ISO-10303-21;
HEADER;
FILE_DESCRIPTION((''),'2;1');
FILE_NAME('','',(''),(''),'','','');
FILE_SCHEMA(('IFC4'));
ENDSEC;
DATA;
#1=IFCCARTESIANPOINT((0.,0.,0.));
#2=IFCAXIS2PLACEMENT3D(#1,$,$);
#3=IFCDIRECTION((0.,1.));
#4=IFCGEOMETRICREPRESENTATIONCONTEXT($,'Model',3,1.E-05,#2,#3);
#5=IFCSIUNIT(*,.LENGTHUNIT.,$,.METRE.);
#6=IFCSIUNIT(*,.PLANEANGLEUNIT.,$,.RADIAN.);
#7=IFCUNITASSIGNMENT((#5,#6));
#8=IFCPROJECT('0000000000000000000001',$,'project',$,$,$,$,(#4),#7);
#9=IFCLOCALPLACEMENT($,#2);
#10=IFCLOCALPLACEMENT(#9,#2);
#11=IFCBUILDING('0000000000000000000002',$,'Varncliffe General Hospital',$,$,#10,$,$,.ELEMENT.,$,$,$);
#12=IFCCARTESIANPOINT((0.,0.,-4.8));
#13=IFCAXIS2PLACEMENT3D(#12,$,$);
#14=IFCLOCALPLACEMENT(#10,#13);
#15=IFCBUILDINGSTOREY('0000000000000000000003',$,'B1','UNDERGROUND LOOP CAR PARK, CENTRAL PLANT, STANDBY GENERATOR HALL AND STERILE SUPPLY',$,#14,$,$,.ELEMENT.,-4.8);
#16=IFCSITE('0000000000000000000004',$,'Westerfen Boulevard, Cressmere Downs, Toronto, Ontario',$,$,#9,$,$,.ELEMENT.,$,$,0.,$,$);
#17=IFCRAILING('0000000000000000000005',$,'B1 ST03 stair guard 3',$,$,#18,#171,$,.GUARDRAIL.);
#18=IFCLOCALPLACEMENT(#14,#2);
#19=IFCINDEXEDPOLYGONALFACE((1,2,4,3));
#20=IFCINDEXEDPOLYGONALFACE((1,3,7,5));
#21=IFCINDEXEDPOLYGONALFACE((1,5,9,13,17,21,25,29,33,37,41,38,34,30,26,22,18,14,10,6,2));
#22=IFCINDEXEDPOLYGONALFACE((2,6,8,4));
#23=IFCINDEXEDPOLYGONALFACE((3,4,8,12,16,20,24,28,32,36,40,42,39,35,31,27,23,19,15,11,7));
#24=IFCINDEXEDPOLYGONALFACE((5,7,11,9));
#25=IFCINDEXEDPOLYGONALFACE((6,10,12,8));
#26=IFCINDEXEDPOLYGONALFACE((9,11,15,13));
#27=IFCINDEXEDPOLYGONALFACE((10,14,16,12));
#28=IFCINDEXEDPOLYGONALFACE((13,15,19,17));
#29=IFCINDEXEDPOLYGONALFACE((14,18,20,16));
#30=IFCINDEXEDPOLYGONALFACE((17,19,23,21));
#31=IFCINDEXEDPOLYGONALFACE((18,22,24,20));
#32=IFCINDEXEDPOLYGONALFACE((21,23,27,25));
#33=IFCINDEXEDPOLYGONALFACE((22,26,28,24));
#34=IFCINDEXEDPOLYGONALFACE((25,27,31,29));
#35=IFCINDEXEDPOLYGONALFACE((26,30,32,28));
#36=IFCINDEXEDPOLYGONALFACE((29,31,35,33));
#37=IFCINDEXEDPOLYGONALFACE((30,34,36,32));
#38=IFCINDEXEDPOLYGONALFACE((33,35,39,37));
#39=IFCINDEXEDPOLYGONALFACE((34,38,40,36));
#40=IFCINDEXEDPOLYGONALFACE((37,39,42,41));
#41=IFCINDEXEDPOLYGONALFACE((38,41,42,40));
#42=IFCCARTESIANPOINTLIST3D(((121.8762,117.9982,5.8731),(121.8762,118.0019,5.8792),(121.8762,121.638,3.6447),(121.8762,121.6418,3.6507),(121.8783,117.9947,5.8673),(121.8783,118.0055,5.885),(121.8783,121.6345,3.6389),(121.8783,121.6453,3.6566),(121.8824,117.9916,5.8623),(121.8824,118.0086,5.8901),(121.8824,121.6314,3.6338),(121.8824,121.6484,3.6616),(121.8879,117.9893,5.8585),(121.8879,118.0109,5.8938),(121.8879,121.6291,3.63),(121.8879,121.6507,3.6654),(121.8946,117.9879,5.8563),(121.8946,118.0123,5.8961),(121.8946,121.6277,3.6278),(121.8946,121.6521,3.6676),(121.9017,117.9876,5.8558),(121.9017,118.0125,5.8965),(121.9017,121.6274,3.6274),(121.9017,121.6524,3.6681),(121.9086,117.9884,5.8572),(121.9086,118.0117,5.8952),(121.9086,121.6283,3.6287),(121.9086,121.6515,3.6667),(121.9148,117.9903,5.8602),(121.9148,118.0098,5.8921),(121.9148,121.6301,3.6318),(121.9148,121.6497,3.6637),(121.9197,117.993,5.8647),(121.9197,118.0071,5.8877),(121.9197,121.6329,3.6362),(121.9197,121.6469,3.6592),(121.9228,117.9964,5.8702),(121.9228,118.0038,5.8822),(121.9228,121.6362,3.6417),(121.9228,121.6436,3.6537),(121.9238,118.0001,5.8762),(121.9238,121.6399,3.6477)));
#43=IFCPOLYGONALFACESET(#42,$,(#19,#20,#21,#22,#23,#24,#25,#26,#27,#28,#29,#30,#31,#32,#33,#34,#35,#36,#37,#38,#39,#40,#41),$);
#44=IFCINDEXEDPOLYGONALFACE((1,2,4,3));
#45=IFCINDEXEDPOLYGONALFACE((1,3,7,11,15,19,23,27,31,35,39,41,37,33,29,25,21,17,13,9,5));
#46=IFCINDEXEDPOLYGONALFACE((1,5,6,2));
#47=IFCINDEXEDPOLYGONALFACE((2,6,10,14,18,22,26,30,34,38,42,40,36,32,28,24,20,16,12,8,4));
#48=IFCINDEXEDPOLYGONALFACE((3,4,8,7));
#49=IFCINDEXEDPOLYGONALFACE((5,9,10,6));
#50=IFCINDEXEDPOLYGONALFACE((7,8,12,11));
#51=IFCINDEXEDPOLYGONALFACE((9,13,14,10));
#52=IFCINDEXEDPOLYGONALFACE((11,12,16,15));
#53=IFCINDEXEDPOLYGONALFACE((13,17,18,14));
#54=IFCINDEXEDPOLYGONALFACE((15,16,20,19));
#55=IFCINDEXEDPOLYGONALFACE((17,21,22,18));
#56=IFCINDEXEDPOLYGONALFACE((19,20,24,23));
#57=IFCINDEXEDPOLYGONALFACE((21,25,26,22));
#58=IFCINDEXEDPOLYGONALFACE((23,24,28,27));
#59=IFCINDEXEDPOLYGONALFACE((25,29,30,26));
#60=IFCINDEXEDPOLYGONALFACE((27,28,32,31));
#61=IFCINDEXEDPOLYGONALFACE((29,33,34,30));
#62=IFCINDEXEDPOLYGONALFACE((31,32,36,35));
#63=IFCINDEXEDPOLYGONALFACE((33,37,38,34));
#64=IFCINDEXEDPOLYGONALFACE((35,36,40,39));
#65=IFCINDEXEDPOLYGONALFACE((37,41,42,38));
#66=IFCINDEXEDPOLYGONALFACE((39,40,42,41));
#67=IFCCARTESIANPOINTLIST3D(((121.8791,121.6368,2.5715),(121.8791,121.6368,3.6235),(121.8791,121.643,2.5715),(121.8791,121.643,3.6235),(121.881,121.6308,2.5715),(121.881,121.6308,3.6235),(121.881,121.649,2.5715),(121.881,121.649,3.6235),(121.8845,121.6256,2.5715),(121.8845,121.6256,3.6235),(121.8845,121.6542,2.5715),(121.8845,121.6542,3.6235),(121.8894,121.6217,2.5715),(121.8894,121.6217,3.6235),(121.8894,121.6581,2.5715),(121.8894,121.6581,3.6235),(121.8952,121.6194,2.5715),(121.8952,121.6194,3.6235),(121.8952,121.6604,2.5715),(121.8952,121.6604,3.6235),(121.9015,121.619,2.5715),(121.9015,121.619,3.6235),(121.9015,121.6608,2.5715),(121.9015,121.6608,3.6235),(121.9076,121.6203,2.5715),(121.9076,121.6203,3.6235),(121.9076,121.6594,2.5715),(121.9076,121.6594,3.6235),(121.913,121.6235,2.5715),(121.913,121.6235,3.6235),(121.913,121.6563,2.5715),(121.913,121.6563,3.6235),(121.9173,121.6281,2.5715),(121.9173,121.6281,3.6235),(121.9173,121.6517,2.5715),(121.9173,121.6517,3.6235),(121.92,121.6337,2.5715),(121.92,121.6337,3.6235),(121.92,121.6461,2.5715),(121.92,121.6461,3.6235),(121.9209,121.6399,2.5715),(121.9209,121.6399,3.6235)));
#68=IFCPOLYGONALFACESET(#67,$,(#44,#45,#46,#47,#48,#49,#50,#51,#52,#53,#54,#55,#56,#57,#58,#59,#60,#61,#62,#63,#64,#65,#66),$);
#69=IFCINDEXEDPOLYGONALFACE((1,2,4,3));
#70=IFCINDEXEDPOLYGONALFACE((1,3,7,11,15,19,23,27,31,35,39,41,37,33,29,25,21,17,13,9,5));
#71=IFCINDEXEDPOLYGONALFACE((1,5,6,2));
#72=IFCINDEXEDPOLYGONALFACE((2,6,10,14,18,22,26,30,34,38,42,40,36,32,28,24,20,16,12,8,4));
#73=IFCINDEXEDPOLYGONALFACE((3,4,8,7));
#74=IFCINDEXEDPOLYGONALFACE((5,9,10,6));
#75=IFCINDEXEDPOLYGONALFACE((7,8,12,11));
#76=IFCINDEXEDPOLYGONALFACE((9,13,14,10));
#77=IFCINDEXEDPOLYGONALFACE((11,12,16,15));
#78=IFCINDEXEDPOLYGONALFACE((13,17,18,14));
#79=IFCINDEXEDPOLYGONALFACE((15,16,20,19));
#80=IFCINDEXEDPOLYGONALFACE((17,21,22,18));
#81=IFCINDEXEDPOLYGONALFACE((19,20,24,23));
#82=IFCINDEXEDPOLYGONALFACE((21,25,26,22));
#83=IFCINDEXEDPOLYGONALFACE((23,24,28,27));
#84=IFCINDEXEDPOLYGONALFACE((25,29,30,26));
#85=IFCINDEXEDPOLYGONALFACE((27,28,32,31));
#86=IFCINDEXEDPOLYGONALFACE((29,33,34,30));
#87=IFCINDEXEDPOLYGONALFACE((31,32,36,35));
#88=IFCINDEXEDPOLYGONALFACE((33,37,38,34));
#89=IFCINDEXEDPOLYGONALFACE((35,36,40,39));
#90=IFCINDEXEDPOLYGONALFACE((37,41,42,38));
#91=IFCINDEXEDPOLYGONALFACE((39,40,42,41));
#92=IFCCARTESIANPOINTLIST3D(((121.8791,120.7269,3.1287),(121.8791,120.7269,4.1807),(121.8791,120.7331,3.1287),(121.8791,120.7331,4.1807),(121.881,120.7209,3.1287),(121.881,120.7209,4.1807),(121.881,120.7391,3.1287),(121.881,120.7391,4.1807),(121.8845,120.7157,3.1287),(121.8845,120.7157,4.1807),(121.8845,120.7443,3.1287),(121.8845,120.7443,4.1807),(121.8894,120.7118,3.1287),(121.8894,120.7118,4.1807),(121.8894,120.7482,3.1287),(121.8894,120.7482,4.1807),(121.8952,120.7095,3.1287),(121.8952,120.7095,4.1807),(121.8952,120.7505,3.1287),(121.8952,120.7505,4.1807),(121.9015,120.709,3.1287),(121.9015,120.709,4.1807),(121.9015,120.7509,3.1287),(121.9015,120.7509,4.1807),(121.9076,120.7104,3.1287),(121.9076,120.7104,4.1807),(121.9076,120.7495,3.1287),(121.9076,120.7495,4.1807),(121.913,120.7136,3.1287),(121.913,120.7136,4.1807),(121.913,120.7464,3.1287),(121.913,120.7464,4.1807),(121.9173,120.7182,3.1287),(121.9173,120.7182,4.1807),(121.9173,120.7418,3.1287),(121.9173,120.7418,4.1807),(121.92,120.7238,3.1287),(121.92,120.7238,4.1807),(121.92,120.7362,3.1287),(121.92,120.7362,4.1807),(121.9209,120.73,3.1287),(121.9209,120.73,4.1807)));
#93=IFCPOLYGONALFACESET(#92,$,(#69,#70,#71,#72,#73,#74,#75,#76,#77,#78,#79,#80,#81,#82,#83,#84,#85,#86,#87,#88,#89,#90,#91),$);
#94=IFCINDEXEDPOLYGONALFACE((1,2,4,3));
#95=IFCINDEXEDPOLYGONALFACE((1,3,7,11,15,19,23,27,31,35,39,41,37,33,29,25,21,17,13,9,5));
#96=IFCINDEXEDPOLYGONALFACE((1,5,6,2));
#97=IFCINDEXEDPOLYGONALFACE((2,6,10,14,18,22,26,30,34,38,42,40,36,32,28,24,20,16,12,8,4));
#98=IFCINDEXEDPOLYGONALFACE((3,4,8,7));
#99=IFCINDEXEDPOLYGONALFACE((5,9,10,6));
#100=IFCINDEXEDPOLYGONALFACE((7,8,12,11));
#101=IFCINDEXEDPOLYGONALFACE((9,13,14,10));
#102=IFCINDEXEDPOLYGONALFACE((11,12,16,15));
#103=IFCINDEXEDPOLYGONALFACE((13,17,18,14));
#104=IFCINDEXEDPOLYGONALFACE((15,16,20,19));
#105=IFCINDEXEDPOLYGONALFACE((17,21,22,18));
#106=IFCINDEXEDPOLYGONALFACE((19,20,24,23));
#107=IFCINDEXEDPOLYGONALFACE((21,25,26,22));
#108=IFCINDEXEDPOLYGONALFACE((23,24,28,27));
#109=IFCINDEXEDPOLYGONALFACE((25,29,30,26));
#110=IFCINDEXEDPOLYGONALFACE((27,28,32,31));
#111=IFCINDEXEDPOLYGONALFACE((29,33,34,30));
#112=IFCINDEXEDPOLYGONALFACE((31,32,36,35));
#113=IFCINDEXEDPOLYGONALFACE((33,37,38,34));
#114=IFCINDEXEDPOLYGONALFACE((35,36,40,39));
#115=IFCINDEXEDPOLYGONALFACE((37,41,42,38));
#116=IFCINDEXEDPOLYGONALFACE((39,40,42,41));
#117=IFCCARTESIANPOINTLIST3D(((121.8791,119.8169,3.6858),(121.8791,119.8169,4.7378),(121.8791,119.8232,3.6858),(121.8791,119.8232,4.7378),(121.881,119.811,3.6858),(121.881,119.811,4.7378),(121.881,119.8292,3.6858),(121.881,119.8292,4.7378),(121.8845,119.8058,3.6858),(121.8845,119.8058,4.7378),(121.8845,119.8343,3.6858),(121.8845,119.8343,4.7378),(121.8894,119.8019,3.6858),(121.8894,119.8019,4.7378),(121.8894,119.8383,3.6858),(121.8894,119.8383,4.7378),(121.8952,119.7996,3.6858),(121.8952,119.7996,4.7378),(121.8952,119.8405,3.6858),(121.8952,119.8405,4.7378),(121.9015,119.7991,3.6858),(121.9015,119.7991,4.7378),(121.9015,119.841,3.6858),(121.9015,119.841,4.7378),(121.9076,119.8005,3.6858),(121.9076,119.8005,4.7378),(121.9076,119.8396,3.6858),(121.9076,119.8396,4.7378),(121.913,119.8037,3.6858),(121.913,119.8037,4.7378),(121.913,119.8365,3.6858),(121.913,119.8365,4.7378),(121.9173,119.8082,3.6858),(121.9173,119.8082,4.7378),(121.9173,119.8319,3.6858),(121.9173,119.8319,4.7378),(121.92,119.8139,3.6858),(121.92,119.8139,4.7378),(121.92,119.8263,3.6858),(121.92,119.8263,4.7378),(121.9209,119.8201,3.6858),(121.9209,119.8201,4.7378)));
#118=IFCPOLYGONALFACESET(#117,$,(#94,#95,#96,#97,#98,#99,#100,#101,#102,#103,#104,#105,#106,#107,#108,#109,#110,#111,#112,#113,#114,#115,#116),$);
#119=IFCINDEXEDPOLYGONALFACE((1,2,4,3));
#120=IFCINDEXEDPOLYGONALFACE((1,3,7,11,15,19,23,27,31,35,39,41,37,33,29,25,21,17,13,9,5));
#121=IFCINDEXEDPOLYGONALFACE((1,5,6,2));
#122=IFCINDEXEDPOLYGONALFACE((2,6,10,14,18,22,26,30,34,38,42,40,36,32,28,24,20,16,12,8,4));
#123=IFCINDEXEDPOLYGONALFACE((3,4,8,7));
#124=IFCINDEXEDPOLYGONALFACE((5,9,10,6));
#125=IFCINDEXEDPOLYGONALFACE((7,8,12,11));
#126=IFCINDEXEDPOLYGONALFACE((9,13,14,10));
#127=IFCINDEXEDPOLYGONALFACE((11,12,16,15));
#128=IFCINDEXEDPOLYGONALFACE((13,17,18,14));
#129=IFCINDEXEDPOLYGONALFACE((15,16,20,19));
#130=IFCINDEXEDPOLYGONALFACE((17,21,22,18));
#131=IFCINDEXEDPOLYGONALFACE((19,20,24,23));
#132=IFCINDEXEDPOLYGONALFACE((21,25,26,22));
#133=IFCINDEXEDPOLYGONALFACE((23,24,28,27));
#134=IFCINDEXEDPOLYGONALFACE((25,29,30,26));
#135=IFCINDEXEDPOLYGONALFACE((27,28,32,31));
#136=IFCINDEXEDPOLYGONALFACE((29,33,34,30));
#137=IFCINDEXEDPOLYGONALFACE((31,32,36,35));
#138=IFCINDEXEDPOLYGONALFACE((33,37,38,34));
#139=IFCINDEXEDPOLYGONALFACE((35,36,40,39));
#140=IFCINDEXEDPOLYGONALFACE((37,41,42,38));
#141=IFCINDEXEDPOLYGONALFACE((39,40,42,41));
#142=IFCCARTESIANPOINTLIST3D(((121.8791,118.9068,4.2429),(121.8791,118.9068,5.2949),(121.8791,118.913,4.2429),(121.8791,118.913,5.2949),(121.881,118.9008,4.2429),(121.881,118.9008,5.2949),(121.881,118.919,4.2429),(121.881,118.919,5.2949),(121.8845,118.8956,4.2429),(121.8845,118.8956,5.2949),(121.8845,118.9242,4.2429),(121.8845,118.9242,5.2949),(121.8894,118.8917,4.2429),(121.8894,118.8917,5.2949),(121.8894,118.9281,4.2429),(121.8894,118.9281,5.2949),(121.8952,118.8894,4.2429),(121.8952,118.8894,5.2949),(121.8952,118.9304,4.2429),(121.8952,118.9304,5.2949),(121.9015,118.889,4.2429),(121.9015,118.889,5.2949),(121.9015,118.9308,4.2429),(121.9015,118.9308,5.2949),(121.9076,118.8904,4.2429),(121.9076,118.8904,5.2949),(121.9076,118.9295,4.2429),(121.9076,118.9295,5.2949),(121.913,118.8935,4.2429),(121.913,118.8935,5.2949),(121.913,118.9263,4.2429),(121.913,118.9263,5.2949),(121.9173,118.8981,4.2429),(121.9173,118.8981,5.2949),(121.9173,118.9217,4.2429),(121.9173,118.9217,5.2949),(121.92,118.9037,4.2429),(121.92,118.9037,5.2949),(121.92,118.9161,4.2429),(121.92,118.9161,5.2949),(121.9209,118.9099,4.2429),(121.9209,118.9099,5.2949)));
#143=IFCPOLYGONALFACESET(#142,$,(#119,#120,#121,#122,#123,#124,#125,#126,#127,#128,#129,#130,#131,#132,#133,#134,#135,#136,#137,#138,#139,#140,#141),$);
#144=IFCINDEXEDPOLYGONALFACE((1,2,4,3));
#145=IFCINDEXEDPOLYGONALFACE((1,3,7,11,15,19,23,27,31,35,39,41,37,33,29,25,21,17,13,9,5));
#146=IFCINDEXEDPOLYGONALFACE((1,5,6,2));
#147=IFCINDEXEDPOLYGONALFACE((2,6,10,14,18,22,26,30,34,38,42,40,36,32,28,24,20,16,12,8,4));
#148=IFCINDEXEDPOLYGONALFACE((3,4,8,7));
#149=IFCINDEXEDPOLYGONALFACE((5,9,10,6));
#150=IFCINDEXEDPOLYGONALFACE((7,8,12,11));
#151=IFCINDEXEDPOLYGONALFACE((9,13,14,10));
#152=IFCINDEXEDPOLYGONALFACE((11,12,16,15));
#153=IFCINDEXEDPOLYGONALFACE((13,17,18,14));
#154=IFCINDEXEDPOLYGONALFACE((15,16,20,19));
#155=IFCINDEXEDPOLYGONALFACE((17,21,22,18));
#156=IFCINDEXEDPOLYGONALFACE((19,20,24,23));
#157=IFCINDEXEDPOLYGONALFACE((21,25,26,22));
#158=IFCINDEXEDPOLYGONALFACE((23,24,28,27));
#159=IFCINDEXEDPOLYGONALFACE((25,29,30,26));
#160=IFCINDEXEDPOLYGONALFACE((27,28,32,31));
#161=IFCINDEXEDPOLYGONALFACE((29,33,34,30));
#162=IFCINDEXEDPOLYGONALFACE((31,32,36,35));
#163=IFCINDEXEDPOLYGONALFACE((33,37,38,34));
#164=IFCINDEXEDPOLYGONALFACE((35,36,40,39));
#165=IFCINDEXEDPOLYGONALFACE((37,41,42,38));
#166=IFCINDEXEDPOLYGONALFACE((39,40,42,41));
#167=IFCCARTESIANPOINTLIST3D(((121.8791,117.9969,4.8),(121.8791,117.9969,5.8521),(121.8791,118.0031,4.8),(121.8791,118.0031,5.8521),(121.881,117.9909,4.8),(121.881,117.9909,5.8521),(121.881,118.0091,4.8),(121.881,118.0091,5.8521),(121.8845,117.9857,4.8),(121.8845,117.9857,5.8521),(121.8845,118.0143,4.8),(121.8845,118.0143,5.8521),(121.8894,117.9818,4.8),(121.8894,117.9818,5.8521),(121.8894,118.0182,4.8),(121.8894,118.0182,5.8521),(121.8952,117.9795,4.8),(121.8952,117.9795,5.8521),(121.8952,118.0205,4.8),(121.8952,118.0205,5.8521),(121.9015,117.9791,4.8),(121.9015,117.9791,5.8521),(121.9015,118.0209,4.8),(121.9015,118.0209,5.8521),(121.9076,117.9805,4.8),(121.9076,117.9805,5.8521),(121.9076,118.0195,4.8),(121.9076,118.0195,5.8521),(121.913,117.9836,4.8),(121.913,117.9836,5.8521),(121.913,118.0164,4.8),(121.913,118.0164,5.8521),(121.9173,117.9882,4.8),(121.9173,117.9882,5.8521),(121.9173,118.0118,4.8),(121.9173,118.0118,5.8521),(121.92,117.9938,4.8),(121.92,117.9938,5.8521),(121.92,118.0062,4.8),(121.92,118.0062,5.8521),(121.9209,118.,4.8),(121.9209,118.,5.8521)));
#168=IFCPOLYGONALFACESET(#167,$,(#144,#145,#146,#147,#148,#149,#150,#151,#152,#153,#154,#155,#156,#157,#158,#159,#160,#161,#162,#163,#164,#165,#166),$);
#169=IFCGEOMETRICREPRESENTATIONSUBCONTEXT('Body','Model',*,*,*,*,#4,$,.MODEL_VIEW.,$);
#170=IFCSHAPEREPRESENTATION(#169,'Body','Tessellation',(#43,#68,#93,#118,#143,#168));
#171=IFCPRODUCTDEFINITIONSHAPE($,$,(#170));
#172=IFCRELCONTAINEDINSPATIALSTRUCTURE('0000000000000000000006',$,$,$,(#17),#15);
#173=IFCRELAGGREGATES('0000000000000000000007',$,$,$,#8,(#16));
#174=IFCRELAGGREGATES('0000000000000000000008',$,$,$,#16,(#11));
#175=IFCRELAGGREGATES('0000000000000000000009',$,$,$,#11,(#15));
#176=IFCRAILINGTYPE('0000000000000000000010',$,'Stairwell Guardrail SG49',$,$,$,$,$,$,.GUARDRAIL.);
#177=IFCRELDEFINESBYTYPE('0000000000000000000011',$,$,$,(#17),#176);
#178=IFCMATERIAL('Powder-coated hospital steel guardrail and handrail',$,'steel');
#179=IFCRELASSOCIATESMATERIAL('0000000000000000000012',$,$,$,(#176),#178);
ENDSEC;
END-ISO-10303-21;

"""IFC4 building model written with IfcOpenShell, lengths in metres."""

from ifc_helpers import new_model, si_unit, direction, frame, origin, origin_2d, place, context, subcontext, project, spatial, circle, extrude, material, type_object, element, save


model = new_model("IFC4")

# Units and contexts
model_context = context("Model", 3, precision=1e-05, world=origin(), true_north=direction((0.0, 1.0)))
body_context = subcontext(model_context, "Body", "Model", "MODEL_VIEW")
ifc_project = project(units=[si_unit("LENGTHUNIT", "METRE"), si_unit("PLANEANGLEUNIT", "RADIAN")], contexts=[model_context])

# Site, building, storey
site_placement = place(None, origin())
site = spatial("IfcSite", under=ifc_project, at=site_placement, Name="Westerfen Boulevard, Cressmere Downs, Toronto, Ontario", CompositionType="ELEMENT", RefElevation=0.0)
building_placement = place(site_placement, origin())
building = spatial("IfcBuilding", under=site, at=building_placement, Name="Varncliffe General Hospital", CompositionType="ELEMENT")
storey_placement = place(building_placement, frame((0.0, 0.0, -4.8)))
storey = spatial("IfcBuildingStorey", under=building, at=storey_placement, Name="B1", Description="UNDERGROUND LOOP CAR PARK, CENTRAL PLANT, STANDBY GENERATOR HALL AND STERILE SUPPLY", CompositionType="ELEMENT", Elevation=-4.8)

# Railing
ifc_material_1 = material(Name="Powder-coated hospital steel guardrail and handrail", Category="steel")
railing_type_1 = type_object("IfcRailingType", Name="Stairwell Guardrail SG49", PredefinedType="GUARDRAIL", material=ifc_material_1)
railing_1_placement = place(storey_placement, frame((121.8999, 121.6399, 2.5715)))
element("IfcRailing", 1, at=railing_1_placement, inside=storey, type_object=railing_type_1, Name="B1 ST03 stair guard 3", PredefinedType="GUARDRAIL", context=body_context, shape_type="SweptSolid", body=[
    extrude(circle(Radius=0.0239, at=origin_2d()), frame((0.0, 0.0, 1.0762), z_axis=(0.0, -0.85285, 0.522156), x_axis=(1.0, 0.0, 0.0)), (0.0, 0.0, 1.0), 4.2678),
    extrude(circle(Radius=0.021, at=origin_2d()), origin(), (0.0, 0.0, 1.0), 1.052),
    extrude(circle(Radius=0.021, at=origin_2d()), frame((0.0, -0.9099, 0.5571)), (0.0, 0.0, 1.0), 1.052),
    extrude(circle(Radius=0.021, at=origin_2d()), frame((0.0, -1.8198, 1.1143)), (0.0, 0.0, 1.0), 1.052),
    extrude(circle(Radius=0.021, at=origin_2d()), frame((0.0, -2.73, 1.6714)), (0.0, 0.0, 1.0), 1.052),
    extrude(circle(Radius=0.021, at=origin_2d()), frame((0.0, -3.6399, 2.2285)), (0.0, 0.0, 1.0), 1.052),
])

save(model, "model.ifc")
